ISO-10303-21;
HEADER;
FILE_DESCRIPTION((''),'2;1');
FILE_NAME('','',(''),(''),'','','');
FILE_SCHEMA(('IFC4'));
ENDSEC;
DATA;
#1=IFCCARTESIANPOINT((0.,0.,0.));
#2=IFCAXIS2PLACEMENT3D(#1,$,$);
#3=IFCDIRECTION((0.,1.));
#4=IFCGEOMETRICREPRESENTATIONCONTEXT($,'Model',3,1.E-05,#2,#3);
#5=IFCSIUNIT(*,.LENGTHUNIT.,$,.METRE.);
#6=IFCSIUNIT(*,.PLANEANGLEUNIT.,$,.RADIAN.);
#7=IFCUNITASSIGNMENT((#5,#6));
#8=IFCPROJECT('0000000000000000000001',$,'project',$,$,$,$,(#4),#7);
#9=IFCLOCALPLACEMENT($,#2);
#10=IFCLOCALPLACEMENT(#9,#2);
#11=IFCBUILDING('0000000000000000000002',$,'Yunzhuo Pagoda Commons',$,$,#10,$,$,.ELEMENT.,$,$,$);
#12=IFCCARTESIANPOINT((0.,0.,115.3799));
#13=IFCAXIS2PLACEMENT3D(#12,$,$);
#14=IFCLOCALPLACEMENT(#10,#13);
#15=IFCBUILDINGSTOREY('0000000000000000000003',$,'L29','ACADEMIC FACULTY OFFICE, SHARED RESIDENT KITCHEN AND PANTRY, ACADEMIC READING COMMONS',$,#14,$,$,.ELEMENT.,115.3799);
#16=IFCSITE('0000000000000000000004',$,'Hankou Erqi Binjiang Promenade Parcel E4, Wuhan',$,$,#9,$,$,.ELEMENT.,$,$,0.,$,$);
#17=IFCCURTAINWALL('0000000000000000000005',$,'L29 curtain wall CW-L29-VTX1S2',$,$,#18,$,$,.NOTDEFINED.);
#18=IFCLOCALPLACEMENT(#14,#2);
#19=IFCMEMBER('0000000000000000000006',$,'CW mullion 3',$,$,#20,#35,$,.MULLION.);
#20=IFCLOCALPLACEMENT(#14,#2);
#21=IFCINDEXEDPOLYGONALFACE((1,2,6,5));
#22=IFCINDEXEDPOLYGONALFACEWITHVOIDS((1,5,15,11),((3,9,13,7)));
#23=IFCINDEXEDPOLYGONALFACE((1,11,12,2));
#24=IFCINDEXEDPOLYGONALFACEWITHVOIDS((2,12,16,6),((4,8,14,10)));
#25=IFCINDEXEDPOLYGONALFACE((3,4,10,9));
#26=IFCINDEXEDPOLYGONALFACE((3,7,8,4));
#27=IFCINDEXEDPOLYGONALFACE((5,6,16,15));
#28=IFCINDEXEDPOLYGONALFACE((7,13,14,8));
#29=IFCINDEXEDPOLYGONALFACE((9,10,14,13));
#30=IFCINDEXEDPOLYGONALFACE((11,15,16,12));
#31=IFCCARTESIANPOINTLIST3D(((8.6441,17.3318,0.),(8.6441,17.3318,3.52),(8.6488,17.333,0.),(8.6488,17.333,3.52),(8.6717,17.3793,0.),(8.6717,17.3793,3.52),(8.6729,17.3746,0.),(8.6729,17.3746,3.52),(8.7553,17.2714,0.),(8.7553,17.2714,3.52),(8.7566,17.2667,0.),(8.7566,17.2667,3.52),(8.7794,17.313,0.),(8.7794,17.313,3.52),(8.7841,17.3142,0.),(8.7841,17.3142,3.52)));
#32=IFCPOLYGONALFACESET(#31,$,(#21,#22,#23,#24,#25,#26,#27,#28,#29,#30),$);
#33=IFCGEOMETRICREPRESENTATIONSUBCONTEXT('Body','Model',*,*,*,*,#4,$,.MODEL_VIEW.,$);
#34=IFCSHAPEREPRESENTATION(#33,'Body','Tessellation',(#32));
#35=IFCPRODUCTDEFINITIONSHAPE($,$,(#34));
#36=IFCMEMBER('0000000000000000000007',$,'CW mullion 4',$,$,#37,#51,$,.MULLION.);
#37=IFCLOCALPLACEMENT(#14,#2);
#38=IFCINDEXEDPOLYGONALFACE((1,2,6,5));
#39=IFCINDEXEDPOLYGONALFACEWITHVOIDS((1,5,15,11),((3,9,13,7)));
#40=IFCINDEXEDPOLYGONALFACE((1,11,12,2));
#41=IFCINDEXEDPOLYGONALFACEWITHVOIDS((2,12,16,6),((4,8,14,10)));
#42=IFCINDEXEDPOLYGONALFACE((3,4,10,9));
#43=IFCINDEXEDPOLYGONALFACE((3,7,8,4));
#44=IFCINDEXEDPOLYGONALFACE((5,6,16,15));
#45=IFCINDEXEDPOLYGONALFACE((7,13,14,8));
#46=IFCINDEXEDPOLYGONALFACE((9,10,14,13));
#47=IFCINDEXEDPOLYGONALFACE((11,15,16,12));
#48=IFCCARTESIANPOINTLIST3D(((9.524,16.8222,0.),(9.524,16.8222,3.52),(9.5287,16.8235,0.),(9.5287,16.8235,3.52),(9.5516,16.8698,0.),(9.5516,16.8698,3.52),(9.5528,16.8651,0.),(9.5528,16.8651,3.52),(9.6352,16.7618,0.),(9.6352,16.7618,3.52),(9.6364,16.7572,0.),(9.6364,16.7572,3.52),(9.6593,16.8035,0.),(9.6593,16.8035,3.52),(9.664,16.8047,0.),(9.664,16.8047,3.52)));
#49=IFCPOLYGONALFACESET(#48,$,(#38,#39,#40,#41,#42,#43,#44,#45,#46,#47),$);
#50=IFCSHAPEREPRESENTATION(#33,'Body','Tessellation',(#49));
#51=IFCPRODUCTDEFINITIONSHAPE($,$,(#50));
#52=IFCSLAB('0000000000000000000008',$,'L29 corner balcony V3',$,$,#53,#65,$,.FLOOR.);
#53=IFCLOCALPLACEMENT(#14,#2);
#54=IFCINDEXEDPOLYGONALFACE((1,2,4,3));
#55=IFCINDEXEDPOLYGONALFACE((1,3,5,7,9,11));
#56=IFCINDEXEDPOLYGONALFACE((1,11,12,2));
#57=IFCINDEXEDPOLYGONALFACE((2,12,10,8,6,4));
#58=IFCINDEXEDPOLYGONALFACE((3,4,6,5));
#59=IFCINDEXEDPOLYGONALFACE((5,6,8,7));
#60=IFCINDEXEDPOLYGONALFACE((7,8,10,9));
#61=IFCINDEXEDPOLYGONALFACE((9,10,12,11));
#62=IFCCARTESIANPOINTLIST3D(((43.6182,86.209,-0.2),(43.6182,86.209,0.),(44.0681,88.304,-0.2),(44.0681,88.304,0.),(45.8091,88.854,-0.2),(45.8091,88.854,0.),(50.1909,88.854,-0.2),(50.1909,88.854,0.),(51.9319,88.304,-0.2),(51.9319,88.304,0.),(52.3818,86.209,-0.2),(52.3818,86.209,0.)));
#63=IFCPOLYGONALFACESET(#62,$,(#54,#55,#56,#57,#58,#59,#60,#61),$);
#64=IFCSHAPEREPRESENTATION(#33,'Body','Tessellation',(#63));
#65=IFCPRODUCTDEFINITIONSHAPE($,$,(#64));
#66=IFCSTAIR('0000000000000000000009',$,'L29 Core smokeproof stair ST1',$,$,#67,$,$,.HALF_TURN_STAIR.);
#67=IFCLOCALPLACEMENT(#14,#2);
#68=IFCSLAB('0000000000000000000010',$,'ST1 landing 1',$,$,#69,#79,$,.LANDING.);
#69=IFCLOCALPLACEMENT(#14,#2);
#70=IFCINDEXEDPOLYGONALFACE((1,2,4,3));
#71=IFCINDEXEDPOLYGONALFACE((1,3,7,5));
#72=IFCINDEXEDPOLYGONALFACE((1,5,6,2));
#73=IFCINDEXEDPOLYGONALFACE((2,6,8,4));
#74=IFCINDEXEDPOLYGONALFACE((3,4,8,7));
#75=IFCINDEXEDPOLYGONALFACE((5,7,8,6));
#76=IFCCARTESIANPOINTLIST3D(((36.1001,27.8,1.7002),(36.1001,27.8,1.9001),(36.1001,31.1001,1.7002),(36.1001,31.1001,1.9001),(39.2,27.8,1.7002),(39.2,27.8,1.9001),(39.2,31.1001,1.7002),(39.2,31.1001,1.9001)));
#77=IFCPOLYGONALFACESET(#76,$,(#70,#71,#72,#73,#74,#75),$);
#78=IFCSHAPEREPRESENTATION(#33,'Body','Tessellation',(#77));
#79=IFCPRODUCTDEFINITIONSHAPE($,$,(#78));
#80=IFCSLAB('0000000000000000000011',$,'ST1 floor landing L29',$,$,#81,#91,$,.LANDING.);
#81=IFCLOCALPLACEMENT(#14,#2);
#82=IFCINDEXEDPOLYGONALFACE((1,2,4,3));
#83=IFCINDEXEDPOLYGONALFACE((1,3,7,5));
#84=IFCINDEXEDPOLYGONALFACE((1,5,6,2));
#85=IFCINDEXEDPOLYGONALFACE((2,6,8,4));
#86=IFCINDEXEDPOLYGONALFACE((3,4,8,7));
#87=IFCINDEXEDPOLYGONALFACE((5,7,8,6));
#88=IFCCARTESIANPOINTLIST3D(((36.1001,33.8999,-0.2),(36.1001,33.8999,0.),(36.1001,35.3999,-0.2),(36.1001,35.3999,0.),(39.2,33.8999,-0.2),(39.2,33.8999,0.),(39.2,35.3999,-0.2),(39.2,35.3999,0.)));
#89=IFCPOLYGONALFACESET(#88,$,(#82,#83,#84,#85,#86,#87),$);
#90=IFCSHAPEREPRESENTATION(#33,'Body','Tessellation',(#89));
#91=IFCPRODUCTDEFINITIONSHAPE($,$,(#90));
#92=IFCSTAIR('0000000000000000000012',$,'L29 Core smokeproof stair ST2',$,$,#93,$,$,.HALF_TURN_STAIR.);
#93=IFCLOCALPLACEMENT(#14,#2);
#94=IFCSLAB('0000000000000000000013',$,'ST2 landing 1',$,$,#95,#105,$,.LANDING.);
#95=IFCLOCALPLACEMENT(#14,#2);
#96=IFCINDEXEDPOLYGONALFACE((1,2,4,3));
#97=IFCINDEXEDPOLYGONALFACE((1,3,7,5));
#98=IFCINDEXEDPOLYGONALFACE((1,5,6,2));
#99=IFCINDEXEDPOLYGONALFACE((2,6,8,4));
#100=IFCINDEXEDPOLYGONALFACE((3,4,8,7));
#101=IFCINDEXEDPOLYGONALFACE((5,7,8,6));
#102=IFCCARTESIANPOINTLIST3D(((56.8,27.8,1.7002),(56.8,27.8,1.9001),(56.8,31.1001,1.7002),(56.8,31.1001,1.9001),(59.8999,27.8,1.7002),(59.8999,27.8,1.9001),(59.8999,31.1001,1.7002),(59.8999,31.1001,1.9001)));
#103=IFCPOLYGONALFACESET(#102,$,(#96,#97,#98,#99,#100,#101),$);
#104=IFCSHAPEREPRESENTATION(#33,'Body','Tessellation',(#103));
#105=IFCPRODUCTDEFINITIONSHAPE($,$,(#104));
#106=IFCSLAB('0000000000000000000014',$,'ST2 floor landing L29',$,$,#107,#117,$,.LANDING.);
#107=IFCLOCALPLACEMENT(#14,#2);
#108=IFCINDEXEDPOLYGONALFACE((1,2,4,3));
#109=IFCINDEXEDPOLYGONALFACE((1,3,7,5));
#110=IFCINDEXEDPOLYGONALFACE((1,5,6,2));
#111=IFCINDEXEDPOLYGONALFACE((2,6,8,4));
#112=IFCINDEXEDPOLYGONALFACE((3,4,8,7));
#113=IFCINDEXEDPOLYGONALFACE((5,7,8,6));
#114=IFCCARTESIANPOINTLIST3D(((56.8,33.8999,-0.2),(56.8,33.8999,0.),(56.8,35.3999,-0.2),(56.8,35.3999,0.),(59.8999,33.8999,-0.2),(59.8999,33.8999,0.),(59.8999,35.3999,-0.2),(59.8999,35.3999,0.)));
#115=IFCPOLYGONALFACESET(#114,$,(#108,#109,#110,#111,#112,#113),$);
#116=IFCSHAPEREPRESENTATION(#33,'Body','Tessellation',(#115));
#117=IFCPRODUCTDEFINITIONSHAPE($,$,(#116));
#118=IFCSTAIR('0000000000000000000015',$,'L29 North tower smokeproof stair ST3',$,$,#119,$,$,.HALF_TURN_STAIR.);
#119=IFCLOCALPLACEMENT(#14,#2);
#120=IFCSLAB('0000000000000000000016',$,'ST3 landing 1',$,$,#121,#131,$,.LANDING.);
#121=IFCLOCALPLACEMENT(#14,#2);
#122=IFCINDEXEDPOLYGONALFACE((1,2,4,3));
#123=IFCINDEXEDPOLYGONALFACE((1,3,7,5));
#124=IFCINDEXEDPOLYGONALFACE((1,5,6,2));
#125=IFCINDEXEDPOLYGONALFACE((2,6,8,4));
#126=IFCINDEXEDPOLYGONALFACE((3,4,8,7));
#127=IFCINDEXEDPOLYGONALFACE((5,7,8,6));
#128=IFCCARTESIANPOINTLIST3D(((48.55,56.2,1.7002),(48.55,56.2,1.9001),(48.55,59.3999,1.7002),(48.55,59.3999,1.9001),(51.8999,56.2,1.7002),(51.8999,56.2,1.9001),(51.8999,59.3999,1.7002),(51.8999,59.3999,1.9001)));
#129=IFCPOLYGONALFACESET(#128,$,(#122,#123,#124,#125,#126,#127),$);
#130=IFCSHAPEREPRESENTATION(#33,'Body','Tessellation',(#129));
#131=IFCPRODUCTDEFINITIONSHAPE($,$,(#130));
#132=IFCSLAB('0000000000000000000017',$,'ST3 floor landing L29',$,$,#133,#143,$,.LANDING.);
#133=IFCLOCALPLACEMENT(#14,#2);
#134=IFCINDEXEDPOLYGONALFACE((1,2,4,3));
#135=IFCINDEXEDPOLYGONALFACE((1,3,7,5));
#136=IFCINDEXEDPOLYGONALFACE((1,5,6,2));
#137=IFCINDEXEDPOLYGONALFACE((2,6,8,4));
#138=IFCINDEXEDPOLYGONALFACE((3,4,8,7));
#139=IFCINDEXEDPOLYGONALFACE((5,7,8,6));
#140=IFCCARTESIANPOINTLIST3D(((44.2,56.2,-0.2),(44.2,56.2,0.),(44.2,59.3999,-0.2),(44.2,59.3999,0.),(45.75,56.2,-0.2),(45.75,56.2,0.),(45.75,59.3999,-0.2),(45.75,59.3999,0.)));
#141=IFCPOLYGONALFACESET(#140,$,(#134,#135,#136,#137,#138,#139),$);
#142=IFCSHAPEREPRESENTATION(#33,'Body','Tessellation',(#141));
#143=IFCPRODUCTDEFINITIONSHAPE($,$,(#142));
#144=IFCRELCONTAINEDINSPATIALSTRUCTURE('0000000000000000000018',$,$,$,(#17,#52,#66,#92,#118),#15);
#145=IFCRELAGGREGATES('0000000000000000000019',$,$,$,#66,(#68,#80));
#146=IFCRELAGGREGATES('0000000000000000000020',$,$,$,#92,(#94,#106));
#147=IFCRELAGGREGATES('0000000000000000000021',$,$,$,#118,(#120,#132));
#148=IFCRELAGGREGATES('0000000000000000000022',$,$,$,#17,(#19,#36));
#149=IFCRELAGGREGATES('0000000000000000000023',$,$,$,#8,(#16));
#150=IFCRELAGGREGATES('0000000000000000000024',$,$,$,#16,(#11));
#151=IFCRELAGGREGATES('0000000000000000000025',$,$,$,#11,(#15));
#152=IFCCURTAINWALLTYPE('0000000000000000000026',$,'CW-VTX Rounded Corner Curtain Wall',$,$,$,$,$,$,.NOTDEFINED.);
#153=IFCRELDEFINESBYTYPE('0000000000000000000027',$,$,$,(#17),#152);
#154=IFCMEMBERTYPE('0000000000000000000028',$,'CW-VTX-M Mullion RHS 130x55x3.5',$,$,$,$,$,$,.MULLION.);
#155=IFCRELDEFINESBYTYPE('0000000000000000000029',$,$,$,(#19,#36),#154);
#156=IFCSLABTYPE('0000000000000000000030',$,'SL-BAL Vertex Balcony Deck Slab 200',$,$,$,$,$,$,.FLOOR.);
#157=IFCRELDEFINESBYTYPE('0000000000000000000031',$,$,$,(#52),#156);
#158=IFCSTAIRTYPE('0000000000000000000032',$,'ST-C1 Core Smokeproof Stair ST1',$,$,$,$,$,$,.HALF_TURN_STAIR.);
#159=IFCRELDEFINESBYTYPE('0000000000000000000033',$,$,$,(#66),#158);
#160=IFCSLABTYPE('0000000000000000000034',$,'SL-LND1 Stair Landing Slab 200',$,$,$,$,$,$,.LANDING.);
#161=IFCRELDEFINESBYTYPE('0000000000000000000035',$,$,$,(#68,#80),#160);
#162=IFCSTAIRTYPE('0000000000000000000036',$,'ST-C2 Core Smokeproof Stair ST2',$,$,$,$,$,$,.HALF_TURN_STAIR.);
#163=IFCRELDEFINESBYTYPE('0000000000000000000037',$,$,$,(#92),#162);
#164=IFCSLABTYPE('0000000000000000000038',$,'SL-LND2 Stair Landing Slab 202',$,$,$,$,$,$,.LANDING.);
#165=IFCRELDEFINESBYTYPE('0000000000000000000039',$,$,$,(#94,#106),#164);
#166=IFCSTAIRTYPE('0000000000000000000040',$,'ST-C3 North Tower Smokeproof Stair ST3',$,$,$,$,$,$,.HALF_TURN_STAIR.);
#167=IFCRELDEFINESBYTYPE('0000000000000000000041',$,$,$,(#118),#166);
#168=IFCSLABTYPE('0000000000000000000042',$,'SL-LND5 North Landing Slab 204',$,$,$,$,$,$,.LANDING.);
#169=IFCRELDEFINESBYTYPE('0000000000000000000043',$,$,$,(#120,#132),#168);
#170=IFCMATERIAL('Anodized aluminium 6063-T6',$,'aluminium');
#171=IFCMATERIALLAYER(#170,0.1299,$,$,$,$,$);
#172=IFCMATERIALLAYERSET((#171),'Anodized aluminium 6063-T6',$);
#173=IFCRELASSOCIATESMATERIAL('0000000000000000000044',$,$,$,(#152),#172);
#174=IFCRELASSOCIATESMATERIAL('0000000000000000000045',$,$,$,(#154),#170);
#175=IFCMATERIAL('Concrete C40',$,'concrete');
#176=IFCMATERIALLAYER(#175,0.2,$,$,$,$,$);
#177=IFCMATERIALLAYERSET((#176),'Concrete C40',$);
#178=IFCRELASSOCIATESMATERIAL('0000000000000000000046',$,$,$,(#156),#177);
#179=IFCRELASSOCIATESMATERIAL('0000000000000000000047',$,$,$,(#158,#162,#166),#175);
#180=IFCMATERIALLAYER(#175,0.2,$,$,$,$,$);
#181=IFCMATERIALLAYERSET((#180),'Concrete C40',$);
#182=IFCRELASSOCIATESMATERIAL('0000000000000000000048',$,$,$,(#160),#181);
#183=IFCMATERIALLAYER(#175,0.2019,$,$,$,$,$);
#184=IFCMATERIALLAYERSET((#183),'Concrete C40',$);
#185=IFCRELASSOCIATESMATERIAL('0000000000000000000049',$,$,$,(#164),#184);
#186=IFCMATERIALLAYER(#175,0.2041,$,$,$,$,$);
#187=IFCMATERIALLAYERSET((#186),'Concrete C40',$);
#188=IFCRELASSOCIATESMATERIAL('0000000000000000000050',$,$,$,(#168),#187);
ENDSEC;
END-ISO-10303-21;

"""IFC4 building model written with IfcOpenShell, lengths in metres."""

from ifc_helpers import new_model, si_unit, direction, frame, origin, origin_2d, place, context, subcontext, project, spatial, polyline, hollow_rectangle, outline, extrude, source, transform, mapped, material, layer, layer_set, material_profile, profile_set, type_object, element, aggregate, save


model = new_model("IFC4")

# Units and contexts
model_context = context("Model", 3, precision=1e-05, world=origin(), true_north=direction((0.0, 1.0)))
body_context = subcontext(model_context, "Body", "Model", "MODEL_VIEW")
ifc_project = project(units=[si_unit("LENGTHUNIT", "METRE"), si_unit("PLANEANGLEUNIT", "RADIAN")], contexts=[model_context])

# Site, building, storey
site_placement = place(None, origin())
site = spatial("IfcSite", under=ifc_project, at=site_placement, Name="Hankou Erqi Binjiang Promenade Parcel E4, Wuhan", CompositionType="ELEMENT", RefElevation=0.0)
building_placement = place(site_placement, origin())
building = spatial("IfcBuilding", under=site, at=building_placement, Name="Yunzhuo Pagoda Commons", CompositionType="ELEMENT")
storey_placement = place(building_placement, frame((0.0, 0.0, 115.3799)))
storey = spatial("IfcBuildingStorey", under=building, at=storey_placement, Name="L29", Description="ACADEMIC FACULTY OFFICE, SHARED RESIDENT KITCHEN AND PANTRY, ACADEMIC READING COMMONS", CompositionType="ELEMENT", Elevation=115.3799)

# Curtain wall
ifc_material_1 = material(Name="Anodized aluminium 6063-T6", Category="aluminium")
ifc_layer_1 = layer(ifc_material_1, 0.1299)
ifc_layer_set_1 = layer_set([ifc_layer_1], Name="Anodized aluminium 6063-T6")
curtain_wall_type = type_object("IfcCurtainWallType", Name="CW-VTX Rounded Corner Curtain Wall", PredefinedType="NOTDEFINED", material=ifc_layer_set_1)
curtain_wall_1_placement = place(storey_placement, origin())
curtain_wall_1 = element("IfcCurtainWall", 1, at=curtain_wall_1_placement, inside=storey, type_object=curtain_wall_type, Name="L29 curtain wall CW-L29-VTX1S2", PredefinedType="NOTDEFINED")

# Members
ifc_material_profile_1 = material_profile(ifc_material_1, hollow_rectangle(XDim=0.0549, YDim=0.1299, WallThickness=0.0034, at=origin_2d()), Name="Anodized aluminium 6063-T6")
ifc_profile_set_1 = profile_set([ifc_material_profile_1], Name="Anodized aluminium 6063-T6")
member_type_1 = type_object("IfcMemberType", Name="CW-VTX-M Mullion RHS 130x55x3.5", PredefinedType="MULLION", material=ifc_profile_set_1)
shared_shape_1 = source(origin(), body_context, "Body", "SweptSolid", [
    extrude(hollow_rectangle(XDim=0.0549, YDim=0.1299, WallThickness=0.0034, at=origin_2d()), origin(), (0.0, 0.0, 1.0), 3.52),
])
member_1_placement = place(storey_placement, frame((8.7141, 17.323, 0.0), z_axis=(0.0, 0.0, 1.0), x_axis=(0.501032, 0.865429, 0.0)))
member_1 = element("IfcMember", 2, at=member_1_placement, type_object=member_type_1, Name="CW mullion 3", PredefinedType="MULLION", context=body_context, shape_type="MappedRepresentation", body=[
    mapped(shared_shape_1, transform((0.0, 0.0, 0.0), scale=1.0)),
])
member_2_placement = place(storey_placement, frame((9.594, 16.8135, 0.0), z_axis=(0.0, 0.0, 1.0), x_axis=(0.501032, 0.865429, 0.0)))
member_2 = element("IfcMember", 3, at=member_2_placement, type_object=member_type_1, Name="CW mullion 4", PredefinedType="MULLION", context=body_context, shape_type="MappedRepresentation", body=[
    mapped(shared_shape_1, transform((0.0, 0.0, 0.0), scale=1.0)),
])

# Slab
ifc_material_2 = material(Name="Concrete C40", Category="concrete")
ifc_layer_2 = layer(ifc_material_2, 0.2)
ifc_layer_set_2 = layer_set([ifc_layer_2], Name="Concrete C40")
slab_type_1 = type_object("IfcSlabType", Name="SL-BAL Vertex Balcony Deck Slab 200", PredefinedType="FLOOR", material=ifc_layer_set_2)
slab_1_placement = place(storey_placement, frame((0.0, 0.0, -0.2)))
element("IfcSlab", 4, at=slab_1_placement, inside=storey, type_object=slab_type_1, Name="L29 corner balcony V3", PredefinedType="FLOOR", context=body_context, shape_type="SweptSolid", body=[
    extrude(outline(polyline([(52.3818, 86.209), (43.6182, 86.209), (44.0681, 88.304), (45.8091, 88.854), (50.1909, 88.854), (51.9319, 88.304), (52.3818, 86.209)])), origin(), (0.0, 0.0, 1.0), 0.2),
])

# Stairs, slabs
stair_type_1 = type_object("IfcStairType", Name="ST-C1 Core Smokeproof Stair ST1", PredefinedType="HALF_TURN_STAIR", material=ifc_material_2)
stair_1_placement = place(storey_placement, origin())
stair_1 = element("IfcStair", 5, at=stair_1_placement, inside=storey, type_object=stair_type_1, Name="L29 Core smokeproof stair ST1", PredefinedType="HALF_TURN_STAIR")
ifc_layer_3 = layer(ifc_material_2, 0.2)
ifc_layer_set_3 = layer_set([ifc_layer_3], Name="Concrete C40")
slab_type_2 = type_object("IfcSlabType", Name="SL-LND1 Stair Landing Slab 200", PredefinedType="LANDING", material=ifc_layer_set_3)
slab_2_placement = place(storey_placement, frame((0.0, 0.0, 1.7002)))
slab_2 = element("IfcSlab", 6, at=slab_2_placement, type_object=slab_type_2, Name="ST1 landing 1", PredefinedType="LANDING", context=body_context, shape_type="SweptSolid", body=[
    extrude(outline(polyline([(36.1001, 31.1001), (36.1001, 27.8), (39.2, 27.8), (39.2, 31.1001), (36.1001, 31.1001)])), origin(), (0.0, 0.0, 1.0), 0.2),
])
slab_3_placement = place(storey_placement, frame((0.0, 0.0, -0.2)))
slab_3 = element("IfcSlab", 7, at=slab_3_placement, type_object=slab_type_2, Name="ST1 floor landing L29", PredefinedType="LANDING", context=body_context, shape_type="SweptSolid", body=[
    extrude(outline(polyline([(36.1001, 35.3999), (36.1001, 33.8999), (39.2, 33.8999), (39.2, 35.3999), (36.1001, 35.3999)])), origin(), (0.0, 0.0, 1.0), 0.2),
])
aggregate(stair_1, [slab_2, slab_3])
stair_type_2 = type_object("IfcStairType", Name="ST-C2 Core Smokeproof Stair ST2", PredefinedType="HALF_TURN_STAIR", material=ifc_material_2)
stair_2_placement = place(storey_placement, origin())
stair_2 = element("IfcStair", 8, at=stair_2_placement, inside=storey, type_object=stair_type_2, Name="L29 Core smokeproof stair ST2", PredefinedType="HALF_TURN_STAIR")
ifc_layer_4 = layer(ifc_material_2, 0.2019)
ifc_layer_set_4 = layer_set([ifc_layer_4], Name="Concrete C40")
slab_type_3 = type_object("IfcSlabType", Name="SL-LND2 Stair Landing Slab 202", PredefinedType="LANDING", material=ifc_layer_set_4)
slab_4_placement = place(storey_placement, frame((0.0, 0.0, 1.7002)))
slab_4 = element("IfcSlab", 9, at=slab_4_placement, type_object=slab_type_3, Name="ST2 landing 1", PredefinedType="LANDING", context=body_context, shape_type="SweptSolid", body=[
    extrude(outline(polyline([(56.8, 31.1001), (56.8, 27.8), (59.8999, 27.8), (59.8999, 31.1001), (56.8, 31.1001)])), origin(), (0.0, 0.0, 1.0), 0.2),
])
slab_5_placement = place(storey_placement, frame((0.0, 0.0, -0.2)))
slab_5 = element("IfcSlab", 10, at=slab_5_placement, type_object=slab_type_3, Name="ST2 floor landing L29", PredefinedType="LANDING", context=body_context, shape_type="SweptSolid", body=[
    extrude(outline(polyline([(56.8, 35.3999), (56.8, 33.8999), (59.8999, 33.8999), (59.8999, 35.3999), (56.8, 35.3999)])), origin(), (0.0, 0.0, 1.0), 0.2),
])
aggregate(stair_2, [slab_4, slab_5])
stair_type_3 = type_object("IfcStairType", Name="ST-C3 North Tower Smokeproof Stair ST3", PredefinedType="HALF_TURN_STAIR", material=ifc_material_2)
stair_3_placement = place(storey_placement, origin())
stair_3 = element("IfcStair", 11, at=stair_3_placement, inside=storey, type_object=stair_type_3, Name="L29 North tower smokeproof stair ST3", PredefinedType="HALF_TURN_STAIR")
ifc_layer_5 = layer(ifc_material_2, 0.2041)
ifc_layer_set_5 = layer_set([ifc_layer_5], Name="Concrete C40")
slab_type_4 = type_object("IfcSlabType", Name="SL-LND5 North Landing Slab 204", PredefinedType="LANDING", material=ifc_layer_set_5)
slab_6_placement = place(storey_placement, frame((0.0, 0.0, 1.7002)))
slab_6 = element("IfcSlab", 12, at=slab_6_placement, type_object=slab_type_4, Name="ST3 landing 1", PredefinedType="LANDING", context=body_context, shape_type="SweptSolid", body=[
    extrude(outline(polyline([(48.55, 56.2), (51.8999, 56.2), (51.8999, 59.3999), (48.55, 59.3999), (48.55, 56.2)])), origin(), (0.0, 0.0, 1.0), 0.2),
])
slab_7_placement = place(storey_placement, frame((0.0, 0.0, -0.2)))
slab_7 = element("IfcSlab", 13, at=slab_7_placement, type_object=slab_type_4, Name="ST3 floor landing L29", PredefinedType="LANDING", context=body_context, shape_type="SweptSolid", body=[
    extrude(outline(polyline([(44.2, 56.2), (45.75, 56.2), (45.75, 59.3999), (44.2, 59.3999), (44.2, 56.2)])), origin(), (0.0, 0.0, 1.0), 0.2),
])
aggregate(stair_3, [slab_6, slab_7])

aggregate(curtain_wall_1, [member_1, member_2])

save(model, "model.ifc")
